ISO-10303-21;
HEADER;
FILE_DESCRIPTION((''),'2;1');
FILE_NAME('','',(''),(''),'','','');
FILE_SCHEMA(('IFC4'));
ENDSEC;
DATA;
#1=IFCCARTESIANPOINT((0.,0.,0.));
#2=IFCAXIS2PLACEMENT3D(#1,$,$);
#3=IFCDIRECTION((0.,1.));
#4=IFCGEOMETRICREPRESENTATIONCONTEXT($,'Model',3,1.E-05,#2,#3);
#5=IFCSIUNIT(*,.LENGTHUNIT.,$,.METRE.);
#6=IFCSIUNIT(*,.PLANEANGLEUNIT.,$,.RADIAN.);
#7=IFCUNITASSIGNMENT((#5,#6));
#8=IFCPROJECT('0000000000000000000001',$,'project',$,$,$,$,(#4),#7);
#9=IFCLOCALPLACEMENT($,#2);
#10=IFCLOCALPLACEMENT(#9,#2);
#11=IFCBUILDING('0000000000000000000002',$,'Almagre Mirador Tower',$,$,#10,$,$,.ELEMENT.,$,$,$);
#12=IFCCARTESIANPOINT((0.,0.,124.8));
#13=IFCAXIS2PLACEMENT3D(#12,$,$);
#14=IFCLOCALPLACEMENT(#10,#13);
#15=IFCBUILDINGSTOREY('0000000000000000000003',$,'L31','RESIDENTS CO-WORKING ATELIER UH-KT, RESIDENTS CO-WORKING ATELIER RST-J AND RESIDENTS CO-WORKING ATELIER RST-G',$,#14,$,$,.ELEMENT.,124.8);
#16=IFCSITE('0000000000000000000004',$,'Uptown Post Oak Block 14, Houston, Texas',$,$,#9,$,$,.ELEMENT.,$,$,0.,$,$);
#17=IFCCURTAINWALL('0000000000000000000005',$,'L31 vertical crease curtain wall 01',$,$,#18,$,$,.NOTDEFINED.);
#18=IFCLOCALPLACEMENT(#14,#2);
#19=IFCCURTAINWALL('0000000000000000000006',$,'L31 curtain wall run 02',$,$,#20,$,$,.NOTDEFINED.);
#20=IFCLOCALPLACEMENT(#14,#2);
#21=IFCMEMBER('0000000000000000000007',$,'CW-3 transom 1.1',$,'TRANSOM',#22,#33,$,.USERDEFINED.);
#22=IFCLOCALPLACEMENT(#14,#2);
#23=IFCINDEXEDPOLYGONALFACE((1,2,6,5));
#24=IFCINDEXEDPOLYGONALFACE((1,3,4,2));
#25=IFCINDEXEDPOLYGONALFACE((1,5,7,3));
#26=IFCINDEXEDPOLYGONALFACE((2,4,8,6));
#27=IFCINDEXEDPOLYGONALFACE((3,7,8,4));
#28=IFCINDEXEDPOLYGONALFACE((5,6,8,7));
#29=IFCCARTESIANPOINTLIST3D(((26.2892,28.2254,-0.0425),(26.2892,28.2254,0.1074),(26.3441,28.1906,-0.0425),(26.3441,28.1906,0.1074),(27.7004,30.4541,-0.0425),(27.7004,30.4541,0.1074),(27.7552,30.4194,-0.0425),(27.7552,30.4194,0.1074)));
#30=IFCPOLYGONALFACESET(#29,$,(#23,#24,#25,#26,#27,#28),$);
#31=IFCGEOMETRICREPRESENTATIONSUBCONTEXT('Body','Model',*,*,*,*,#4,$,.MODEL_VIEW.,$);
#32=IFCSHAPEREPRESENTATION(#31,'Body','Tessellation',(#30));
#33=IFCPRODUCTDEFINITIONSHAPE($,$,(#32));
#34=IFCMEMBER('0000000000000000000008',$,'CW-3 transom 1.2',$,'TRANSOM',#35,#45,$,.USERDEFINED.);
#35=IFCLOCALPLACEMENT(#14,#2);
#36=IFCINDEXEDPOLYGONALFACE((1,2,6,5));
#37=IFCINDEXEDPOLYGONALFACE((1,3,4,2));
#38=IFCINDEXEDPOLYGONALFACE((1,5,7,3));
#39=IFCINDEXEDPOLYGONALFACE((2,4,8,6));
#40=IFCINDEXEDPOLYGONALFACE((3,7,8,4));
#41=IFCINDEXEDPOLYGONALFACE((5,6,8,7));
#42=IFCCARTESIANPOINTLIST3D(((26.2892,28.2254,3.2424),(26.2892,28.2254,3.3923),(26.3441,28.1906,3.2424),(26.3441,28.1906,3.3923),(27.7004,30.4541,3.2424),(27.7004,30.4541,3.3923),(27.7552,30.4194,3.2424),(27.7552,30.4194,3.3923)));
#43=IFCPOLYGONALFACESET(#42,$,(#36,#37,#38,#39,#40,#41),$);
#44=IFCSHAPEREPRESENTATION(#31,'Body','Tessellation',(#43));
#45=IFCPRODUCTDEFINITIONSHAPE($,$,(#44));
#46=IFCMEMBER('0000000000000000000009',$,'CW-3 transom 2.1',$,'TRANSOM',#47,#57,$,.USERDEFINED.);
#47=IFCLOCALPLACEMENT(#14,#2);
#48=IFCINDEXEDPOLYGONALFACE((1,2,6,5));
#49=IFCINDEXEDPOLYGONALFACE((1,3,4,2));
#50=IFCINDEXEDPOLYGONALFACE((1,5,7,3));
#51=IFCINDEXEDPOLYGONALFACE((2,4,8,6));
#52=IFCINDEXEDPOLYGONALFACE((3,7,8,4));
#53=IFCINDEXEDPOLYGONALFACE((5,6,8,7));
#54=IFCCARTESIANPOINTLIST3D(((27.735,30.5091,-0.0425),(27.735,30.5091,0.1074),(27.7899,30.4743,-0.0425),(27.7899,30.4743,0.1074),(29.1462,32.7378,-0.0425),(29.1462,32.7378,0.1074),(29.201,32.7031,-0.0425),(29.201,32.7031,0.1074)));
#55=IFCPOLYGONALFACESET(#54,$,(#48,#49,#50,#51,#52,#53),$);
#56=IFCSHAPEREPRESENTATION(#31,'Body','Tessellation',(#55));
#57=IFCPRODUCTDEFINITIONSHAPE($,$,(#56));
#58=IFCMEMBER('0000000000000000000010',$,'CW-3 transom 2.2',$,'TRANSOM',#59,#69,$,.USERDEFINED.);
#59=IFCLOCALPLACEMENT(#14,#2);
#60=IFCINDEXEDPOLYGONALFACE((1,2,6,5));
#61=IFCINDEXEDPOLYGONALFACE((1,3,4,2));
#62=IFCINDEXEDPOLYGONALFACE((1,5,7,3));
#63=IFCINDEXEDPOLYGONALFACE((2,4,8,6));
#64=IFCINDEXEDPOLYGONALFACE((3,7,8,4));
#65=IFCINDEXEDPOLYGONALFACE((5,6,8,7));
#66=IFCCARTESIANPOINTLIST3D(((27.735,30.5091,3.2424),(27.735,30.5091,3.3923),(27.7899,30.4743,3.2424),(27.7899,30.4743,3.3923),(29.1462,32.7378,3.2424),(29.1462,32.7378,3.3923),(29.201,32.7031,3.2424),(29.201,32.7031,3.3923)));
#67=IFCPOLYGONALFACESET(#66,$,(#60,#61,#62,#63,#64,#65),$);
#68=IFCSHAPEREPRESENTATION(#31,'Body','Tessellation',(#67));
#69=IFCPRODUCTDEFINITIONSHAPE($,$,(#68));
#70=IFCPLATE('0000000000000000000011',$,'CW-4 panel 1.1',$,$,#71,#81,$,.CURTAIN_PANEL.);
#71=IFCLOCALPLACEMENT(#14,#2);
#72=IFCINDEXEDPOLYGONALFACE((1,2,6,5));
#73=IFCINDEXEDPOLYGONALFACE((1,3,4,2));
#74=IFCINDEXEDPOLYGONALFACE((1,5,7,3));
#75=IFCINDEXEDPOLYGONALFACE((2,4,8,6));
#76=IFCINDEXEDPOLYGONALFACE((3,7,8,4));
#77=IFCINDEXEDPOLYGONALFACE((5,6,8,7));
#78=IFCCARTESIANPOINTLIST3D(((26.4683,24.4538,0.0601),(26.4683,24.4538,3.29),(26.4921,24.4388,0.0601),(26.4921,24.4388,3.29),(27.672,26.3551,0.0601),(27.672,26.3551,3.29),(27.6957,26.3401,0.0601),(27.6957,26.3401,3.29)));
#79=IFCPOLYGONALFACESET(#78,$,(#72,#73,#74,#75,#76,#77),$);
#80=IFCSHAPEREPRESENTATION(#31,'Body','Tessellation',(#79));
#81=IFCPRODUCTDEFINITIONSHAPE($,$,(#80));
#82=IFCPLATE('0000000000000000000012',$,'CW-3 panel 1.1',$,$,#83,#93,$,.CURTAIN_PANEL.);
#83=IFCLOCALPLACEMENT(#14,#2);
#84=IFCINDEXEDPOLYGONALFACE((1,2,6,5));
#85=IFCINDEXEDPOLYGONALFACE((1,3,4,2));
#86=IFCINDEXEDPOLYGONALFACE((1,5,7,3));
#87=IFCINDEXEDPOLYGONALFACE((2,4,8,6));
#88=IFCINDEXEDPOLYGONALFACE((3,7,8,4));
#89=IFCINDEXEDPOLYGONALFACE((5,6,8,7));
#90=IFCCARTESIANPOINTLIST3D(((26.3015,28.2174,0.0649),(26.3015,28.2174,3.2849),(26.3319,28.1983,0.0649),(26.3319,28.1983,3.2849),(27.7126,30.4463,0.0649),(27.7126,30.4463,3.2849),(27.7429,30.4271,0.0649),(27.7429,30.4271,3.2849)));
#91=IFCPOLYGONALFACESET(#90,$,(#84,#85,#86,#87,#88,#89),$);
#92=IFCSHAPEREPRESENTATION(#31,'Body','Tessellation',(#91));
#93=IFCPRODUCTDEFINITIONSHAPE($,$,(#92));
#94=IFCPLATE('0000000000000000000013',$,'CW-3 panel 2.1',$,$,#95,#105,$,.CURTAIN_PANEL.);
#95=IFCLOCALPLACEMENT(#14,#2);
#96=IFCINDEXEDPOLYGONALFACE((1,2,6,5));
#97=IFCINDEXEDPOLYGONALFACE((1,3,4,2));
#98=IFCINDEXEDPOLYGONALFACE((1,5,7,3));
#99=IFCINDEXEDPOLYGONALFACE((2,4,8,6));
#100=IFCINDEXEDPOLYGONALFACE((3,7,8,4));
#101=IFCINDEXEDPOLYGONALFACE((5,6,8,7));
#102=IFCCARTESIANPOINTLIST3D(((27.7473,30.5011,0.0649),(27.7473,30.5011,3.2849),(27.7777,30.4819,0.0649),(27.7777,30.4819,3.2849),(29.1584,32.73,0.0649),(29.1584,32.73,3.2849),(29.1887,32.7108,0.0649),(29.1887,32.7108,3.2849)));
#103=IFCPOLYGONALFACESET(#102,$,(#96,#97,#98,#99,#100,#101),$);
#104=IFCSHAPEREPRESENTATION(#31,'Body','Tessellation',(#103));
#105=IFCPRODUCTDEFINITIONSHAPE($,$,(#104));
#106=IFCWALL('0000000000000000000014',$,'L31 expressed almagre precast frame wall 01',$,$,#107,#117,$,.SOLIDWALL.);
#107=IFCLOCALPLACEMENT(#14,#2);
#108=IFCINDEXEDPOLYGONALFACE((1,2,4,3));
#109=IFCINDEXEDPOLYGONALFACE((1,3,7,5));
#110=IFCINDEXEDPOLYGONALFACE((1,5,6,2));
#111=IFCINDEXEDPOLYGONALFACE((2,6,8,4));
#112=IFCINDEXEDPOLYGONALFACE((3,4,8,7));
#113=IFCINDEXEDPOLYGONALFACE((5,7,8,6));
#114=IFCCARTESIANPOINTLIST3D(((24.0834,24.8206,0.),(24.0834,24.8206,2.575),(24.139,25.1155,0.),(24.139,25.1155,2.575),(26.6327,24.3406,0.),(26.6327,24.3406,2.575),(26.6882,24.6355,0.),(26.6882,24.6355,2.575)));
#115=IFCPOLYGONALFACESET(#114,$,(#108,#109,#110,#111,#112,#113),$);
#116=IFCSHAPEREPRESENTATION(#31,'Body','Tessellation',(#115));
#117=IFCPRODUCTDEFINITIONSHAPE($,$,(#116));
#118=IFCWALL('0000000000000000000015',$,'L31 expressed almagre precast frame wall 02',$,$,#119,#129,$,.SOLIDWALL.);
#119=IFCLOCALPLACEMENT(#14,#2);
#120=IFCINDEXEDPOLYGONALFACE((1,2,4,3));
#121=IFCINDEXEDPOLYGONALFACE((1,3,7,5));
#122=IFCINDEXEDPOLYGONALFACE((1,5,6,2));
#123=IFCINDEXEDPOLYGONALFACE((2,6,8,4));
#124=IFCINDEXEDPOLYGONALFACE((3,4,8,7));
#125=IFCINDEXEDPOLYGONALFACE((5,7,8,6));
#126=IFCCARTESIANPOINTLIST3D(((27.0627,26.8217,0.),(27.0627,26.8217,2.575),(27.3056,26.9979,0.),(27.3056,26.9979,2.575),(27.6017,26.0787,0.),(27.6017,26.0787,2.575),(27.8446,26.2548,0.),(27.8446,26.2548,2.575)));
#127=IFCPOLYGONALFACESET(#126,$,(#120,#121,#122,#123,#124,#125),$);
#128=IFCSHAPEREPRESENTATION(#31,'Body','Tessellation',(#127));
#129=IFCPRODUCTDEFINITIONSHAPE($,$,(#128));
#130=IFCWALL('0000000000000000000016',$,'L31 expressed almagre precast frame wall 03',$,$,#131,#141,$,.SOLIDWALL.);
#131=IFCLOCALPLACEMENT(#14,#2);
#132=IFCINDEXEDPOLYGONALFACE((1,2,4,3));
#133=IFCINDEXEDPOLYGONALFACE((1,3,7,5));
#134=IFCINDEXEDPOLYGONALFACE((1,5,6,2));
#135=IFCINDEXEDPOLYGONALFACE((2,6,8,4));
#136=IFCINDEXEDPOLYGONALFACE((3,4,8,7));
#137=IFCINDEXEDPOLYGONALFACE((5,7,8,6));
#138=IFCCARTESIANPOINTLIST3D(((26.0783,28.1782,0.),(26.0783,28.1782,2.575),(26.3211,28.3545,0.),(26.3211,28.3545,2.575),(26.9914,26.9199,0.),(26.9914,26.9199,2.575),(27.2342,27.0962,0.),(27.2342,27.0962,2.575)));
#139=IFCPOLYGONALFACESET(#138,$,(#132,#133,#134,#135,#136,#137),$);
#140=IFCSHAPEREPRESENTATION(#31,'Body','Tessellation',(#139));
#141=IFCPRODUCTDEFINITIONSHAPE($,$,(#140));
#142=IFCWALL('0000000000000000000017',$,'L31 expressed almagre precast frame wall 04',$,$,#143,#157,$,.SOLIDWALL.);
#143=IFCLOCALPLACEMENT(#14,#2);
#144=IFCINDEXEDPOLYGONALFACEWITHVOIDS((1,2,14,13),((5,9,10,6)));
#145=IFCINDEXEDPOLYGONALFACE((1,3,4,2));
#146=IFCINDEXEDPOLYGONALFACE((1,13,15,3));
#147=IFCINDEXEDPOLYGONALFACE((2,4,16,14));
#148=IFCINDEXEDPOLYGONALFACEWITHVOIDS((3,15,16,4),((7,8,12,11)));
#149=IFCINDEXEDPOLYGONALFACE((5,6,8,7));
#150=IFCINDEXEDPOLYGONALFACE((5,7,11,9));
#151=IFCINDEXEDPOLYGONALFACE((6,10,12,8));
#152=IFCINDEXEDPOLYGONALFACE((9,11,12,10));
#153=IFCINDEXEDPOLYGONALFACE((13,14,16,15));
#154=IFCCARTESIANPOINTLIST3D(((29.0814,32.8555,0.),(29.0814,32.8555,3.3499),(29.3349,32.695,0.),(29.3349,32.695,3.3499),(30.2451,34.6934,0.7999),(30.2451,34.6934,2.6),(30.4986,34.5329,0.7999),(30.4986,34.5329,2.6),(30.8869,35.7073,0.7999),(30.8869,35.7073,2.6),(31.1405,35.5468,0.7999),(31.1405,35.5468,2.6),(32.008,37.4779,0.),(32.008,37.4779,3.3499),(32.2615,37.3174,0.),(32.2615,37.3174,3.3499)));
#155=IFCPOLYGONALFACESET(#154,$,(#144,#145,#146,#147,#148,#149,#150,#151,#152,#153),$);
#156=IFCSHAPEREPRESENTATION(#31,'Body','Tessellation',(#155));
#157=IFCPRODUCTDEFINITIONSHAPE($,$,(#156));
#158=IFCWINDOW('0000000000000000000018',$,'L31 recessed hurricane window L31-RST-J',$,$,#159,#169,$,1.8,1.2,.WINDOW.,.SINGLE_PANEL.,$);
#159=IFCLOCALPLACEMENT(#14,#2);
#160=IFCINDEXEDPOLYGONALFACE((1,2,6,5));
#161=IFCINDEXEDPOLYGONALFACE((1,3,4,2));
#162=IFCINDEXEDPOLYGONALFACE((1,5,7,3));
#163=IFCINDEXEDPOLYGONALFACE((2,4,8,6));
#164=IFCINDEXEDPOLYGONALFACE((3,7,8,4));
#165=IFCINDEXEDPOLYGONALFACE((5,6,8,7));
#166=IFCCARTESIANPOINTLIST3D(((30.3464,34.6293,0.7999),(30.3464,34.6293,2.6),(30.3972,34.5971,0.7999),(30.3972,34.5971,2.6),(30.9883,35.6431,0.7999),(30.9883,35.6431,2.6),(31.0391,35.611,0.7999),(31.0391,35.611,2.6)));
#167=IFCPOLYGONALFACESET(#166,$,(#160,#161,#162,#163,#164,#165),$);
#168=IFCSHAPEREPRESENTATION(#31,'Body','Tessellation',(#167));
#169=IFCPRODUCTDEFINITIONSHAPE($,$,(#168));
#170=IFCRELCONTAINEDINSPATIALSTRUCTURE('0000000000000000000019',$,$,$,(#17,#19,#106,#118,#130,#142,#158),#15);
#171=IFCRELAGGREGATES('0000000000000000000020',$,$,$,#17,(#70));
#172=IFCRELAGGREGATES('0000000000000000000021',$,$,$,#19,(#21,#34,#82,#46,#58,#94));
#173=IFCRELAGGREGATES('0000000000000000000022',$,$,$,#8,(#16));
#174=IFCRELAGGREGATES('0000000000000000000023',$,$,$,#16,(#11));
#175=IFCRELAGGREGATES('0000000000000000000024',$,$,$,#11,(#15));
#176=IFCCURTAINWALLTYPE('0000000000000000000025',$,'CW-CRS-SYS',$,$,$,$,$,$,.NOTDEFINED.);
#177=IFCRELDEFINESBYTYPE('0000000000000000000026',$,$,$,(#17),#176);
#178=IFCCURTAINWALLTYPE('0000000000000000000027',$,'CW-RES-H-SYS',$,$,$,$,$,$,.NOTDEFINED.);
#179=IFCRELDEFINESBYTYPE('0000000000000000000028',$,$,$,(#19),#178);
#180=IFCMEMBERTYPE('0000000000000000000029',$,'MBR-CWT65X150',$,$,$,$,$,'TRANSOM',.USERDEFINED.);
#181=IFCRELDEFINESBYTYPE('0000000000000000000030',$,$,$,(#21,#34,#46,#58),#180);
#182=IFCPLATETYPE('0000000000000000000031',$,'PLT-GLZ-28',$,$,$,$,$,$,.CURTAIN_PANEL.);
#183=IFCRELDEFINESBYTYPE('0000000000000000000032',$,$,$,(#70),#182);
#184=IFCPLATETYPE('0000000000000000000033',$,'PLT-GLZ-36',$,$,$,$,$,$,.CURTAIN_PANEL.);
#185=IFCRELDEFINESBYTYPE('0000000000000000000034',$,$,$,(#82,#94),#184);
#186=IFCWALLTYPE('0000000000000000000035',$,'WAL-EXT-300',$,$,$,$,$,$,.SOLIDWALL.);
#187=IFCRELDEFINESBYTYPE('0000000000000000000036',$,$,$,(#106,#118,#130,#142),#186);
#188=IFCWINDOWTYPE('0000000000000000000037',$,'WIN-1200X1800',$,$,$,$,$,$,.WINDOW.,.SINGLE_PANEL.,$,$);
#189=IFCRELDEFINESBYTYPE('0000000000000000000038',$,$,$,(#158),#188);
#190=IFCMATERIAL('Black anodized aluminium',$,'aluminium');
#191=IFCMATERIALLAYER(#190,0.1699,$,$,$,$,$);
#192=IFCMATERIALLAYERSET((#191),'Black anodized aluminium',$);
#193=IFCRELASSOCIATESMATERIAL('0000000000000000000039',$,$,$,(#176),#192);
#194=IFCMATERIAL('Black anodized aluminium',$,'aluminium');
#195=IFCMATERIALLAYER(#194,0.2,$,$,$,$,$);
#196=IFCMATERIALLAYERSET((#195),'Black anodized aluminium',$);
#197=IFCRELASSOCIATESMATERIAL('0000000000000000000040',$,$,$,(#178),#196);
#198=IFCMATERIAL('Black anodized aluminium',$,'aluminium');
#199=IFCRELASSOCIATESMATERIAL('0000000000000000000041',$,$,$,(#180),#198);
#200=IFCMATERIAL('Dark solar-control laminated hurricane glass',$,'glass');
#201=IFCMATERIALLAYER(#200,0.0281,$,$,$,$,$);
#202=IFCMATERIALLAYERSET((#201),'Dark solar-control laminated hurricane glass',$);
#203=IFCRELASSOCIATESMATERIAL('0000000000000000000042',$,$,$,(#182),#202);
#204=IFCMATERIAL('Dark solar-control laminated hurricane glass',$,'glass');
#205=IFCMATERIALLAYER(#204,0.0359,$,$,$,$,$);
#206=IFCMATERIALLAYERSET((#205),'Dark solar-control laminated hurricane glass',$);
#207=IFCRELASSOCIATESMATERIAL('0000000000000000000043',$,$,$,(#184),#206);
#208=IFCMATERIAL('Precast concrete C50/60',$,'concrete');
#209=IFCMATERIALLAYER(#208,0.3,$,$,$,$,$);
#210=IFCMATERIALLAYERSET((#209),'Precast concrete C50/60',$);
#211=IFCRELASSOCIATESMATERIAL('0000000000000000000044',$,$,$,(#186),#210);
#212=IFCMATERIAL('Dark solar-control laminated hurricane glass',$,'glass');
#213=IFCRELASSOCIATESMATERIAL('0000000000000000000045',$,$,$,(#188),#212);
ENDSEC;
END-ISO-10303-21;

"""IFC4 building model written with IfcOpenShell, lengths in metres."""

from ifc_helpers import new_model, si_unit, direction, frame, frame_2d, origin, origin_2d, place, context, subcontext, project, spatial, rectangle, extrude, material, layer, layer_set, material_profile, profile_set, type_object, element, fill, aggregate, save


model = new_model("IFC4")

# Units and contexts
model_context = context("Model", 3, precision=1e-05, world=origin(), true_north=direction((0.0, 1.0)))
body_context = subcontext(model_context, "Body", "Model", "MODEL_VIEW")
ifc_project = project(units=[si_unit("LENGTHUNIT", "METRE"), si_unit("PLANEANGLEUNIT", "RADIAN")], contexts=[model_context])

# Site, building, storey
site_placement = place(None, origin())
site = spatial("IfcSite", under=ifc_project, at=site_placement, Name="Uptown Post Oak Block 14, Houston, Texas", CompositionType="ELEMENT", RefElevation=0.0)
building_placement = place(site_placement, origin())
building = spatial("IfcBuilding", under=site, at=building_placement, Name="Almagre Mirador Tower", CompositionType="ELEMENT")
storey_placement = place(building_placement, frame((0.0, 0.0, 124.8)))
storey = spatial("IfcBuildingStorey", under=building, at=storey_placement, Name="L31", Description="RESIDENTS CO-WORKING ATELIER UH-KT, RESIDENTS CO-WORKING ATELIER RST-J AND RESIDENTS CO-WORKING ATELIER RST-G", CompositionType="ELEMENT", Elevation=124.8)

# Curtain walls
ifc_material_1 = material(Name="Black anodized aluminium", Category="aluminium")
ifc_layer_1 = layer(ifc_material_1, 0.1699)
ifc_layer_set_1 = layer_set([ifc_layer_1], Name="Black anodized aluminium")
curtain_wall_type_1 = type_object("IfcCurtainWallType", Name="CW-CRS-SYS", PredefinedType="NOTDEFINED", material=ifc_layer_set_1)
curtain_wall_1_placement = place(storey_placement, origin())
curtain_wall_1 = element("IfcCurtainWall", 1, at=curtain_wall_1_placement, inside=storey, type_object=curtain_wall_type_1, Name="L31 vertical crease curtain wall 01", PredefinedType="NOTDEFINED")
ifc_material_2 = material(Name="Black anodized aluminium", Category="aluminium")
ifc_layer_2 = layer(ifc_material_2, 0.2)
ifc_layer_set_2 = layer_set([ifc_layer_2], Name="Black anodized aluminium")
curtain_wall_type_2 = type_object("IfcCurtainWallType", Name="CW-RES-H-SYS", PredefinedType="NOTDEFINED", material=ifc_layer_set_2)
curtain_wall_2_placement = place(storey_placement, origin())
curtain_wall_2 = element("IfcCurtainWall", 2, at=curtain_wall_2_placement, inside=storey, type_object=curtain_wall_type_2, Name="L31 curtain wall run 02", PredefinedType="NOTDEFINED")

# Members
ifc_material_3 = material(Name="Black anodized aluminium", Category="aluminium")
ifc_material_profile_1 = material_profile(ifc_material_3, rectangle(XDim=0.0649, YDim=0.1499, at=origin_2d()), Name="CWT65X150")
ifc_profile_set_1 = profile_set([ifc_material_profile_1], Name="Black anodized aluminium")
member_type_1 = type_object("IfcMemberType", Name="MBR-CWT65X150", ElementType="TRANSOM", PredefinedType="USERDEFINED", material=ifc_profile_set_1)
member_1_placement = place(storey_placement, frame((26.3167, 28.208, 0.0325), z_axis=(0.53494, 0.84489, 0.0), x_axis=(-0.84489, 0.53494, 0.0)))
member_1 = element("IfcMember", 3, at=member_1_placement, type_object=member_type_1, Name="CW-3 transom 1.1", ObjectType="TRANSOM", PredefinedType="USERDEFINED", context=body_context, shape_type="SweptSolid", body=[
    extrude(rectangle(XDim=0.0649, YDim=0.1499, at=origin_2d()), origin(), (0.0, 0.0, 1.0), 2.6379),
])
member_2_placement = place(storey_placement, frame((26.3167, 28.208, 3.3174), z_axis=(0.53494, 0.84489, 0.0), x_axis=(-0.84489, 0.53494, 0.0)))
member_2 = element("IfcMember", 4, at=member_2_placement, type_object=member_type_1, Name="CW-3 transom 1.2", ObjectType="TRANSOM", PredefinedType="USERDEFINED", context=body_context, shape_type="SweptSolid", body=[
    extrude(rectangle(XDim=0.0649, YDim=0.1499, at=origin_2d()), origin(), (0.0, 0.0, 1.0), 2.6379),
])
member_3_placement = place(storey_placement, frame((27.7625, 30.4917, 0.0325), z_axis=(0.53494, 0.84489, 0.0), x_axis=(-0.84489, 0.53494, 0.0)))
member_3 = element("IfcMember", 5, at=member_3_placement, type_object=member_type_1, Name="CW-3 transom 2.1", ObjectType="TRANSOM", PredefinedType="USERDEFINED", context=body_context, shape_type="SweptSolid", body=[
    extrude(rectangle(XDim=0.0649, YDim=0.1499, at=origin_2d()), origin(), (0.0, 0.0, 1.0), 2.6379),
])
member_4_placement = place(storey_placement, frame((27.7625, 30.4917, 3.3174), z_axis=(0.53494, 0.84489, 0.0), x_axis=(-0.84489, 0.53494, 0.0)))
member_4 = element("IfcMember", 6, at=member_4_placement, type_object=member_type_1, Name="CW-3 transom 2.2", ObjectType="TRANSOM", PredefinedType="USERDEFINED", context=body_context, shape_type="SweptSolid", body=[
    extrude(rectangle(XDim=0.0649, YDim=0.1499, at=origin_2d()), origin(), (0.0, 0.0, 1.0), 2.6379),
])

# Plates
ifc_material_4 = material(Name="Dark solar-control laminated hurricane glass", Category="glass")
ifc_layer_3 = layer(ifc_material_4, 0.0281)
ifc_layer_set_3 = layer_set([ifc_layer_3], Name="Dark solar-control laminated hurricane glass")
plate_type_1 = type_object("IfcPlateType", Name="PLT-GLZ-28", PredefinedType="CURTAIN_PANEL", material=ifc_layer_set_3)
plate_1_placement = place(storey_placement, frame((27.082, 25.397, 0.0601), z_axis=(0.0, 0.0, 1.0), x_axis=(0.534897, 0.844917, 0.0)))
plate_1 = element("IfcPlate", 7, at=plate_1_placement, type_object=plate_type_1, Name="CW-4 panel 1.1", PredefinedType="CURTAIN_PANEL", context=body_context, shape_type="SweptSolid", body=[
    extrude(rectangle(XDim=2.2502, YDim=0.0281, at=origin_2d()), origin(), (0.0, 0.0, 1.0), 3.23),
])
aggregate(curtain_wall_1, [plate_1])
ifc_material_5 = material(Name="Dark solar-control laminated hurricane glass", Category="glass")
ifc_layer_4 = layer(ifc_material_5, 0.0359)
ifc_layer_set_4 = layer_set([ifc_layer_4], Name="Dark solar-control laminated hurricane glass")
plate_type_2 = type_object("IfcPlateType", Name="PLT-GLZ-36", PredefinedType="CURTAIN_PANEL", material=ifc_layer_set_4)
plate_2_placement = place(storey_placement, frame((27.0222, 29.3223, 0.0649), z_axis=(0.0, 0.0, 1.0), x_axis=(0.534901, 0.844915, 0.0)))
plate_2 = element("IfcPlate", 8, at=plate_2_placement, type_object=plate_type_2, Name="CW-3 panel 1.1", PredefinedType="CURTAIN_PANEL", context=body_context, shape_type="SweptSolid", body=[
    extrude(rectangle(XDim=2.6379, YDim=0.0359, at=origin_2d()), origin(), (0.0, 0.0, 1.0), 3.22),
])
plate_3_placement = place(storey_placement, frame((28.468, 31.606, 0.0649), z_axis=(0.0, 0.0, 1.0), x_axis=(0.534901, 0.844915, 0.0)))
plate_3 = element("IfcPlate", 9, at=plate_3_placement, type_object=plate_type_2, Name="CW-3 panel 2.1", PredefinedType="CURTAIN_PANEL", context=body_context, shape_type="SweptSolid", body=[
    extrude(rectangle(XDim=2.6379, YDim=0.0359, at=origin_2d()), origin(), (0.0, 0.0, 1.0), 3.22),
])
aggregate(curtain_wall_2, [member_1, member_2, plate_2, member_3, member_4, plate_3])

# Walls
ifc_material_6 = material(Name="Precast concrete C50/60", Category="concrete")
ifc_layer_5 = layer(ifc_material_6, 0.3)
ifc_layer_set_5 = layer_set([ifc_layer_5], Name="Precast concrete C50/60")
wall_type = type_object("IfcWallType", Name="WAL-EXT-300", PredefinedType="SOLIDWALL", material=ifc_layer_set_5)
wall_1_placement = place(storey_placement, frame((24.1113, 24.968, 0.0), z_axis=(0.0, 0.0, 1.0), x_axis=(0.982733, -0.185027, 0.0)))
element("IfcWall", 10, at=wall_1_placement, inside=storey, type_object=wall_type, Name="L31 expressed almagre precast frame wall 01", PredefinedType="SOLIDWALL", context=body_context, shape_type="SweptSolid", body=[
    extrude(rectangle(XDim=2.594, YDim=0.3, at=frame_2d((1.2969, 0.0))), origin(), (0.0, 0.0, 1.0), 2.575),
])
wall_2_placement = place(storey_placement, frame((27.7231, 26.1667, 0.0), z_axis=(0.0, 0.0, 1.0), x_axis=(-0.587159, 0.809471, 0.0)))
element("IfcWall", 11, at=wall_2_placement, inside=storey, type_object=wall_type, Name="L31 expressed almagre precast frame wall 02", PredefinedType="SOLIDWALL", context=body_context, shape_type="SweptSolid", body=[
    extrude(rectangle(XDim=0.918, YDim=0.3, at=frame_2d((0.459, 0.0))), origin(), (0.0, 0.0, 1.0), 2.575),
])
wall_3_placement = place(storey_placement, frame((27.1128, 27.0081, 0.0), z_axis=(0.0, 0.0, 1.0), x_axis=(-0.587312, 0.80936, 0.0)))
element("IfcWall", 12, at=wall_3_placement, inside=storey, type_object=wall_type, Name="L31 expressed almagre precast frame wall 03", PredefinedType="SOLIDWALL", context=body_context, shape_type="SweptSolid", body=[
    extrude(rectangle(XDim=1.5547, YDim=0.3, at=frame_2d((0.7773, 0.0))), origin(), (0.0, 0.0, 1.0), 2.575),
])

# Wall, opening, window
wall_4_placement = place(storey_placement, frame((29.2083, 32.7754, 0.0), z_axis=(0.0, 0.0, 1.0), x_axis=(0.534928, 0.844898, 0.0)))
wall_4 = element("IfcWall", 13, at=wall_4_placement, inside=storey, type_object=wall_type, Name="L31 expressed almagre precast frame wall 04", PredefinedType="SOLIDWALL", context=body_context, shape_type="SweptSolid", body=[
    extrude(rectangle(XDim=5.4709, YDim=0.3, at=frame_2d((2.7354, 0.0))), origin(), (0.0, 0.0, 1.0), 3.3499),
])
opening_1_placement = place(wall_4_placement, frame((2.175, 0.0, 0.8)))
opening_1 = element("IfcOpeningElement", 14, at=opening_1_placement, cuts=wall_4, PredefinedType="OPENING", context=body_context, shape_type="SweptSolid", body=[
    extrude(rectangle(XDim=1.2, YDim=1.8, at=frame_2d((0.6001, 0.8999))), frame((0.0, 0.1599, 0.0), z_axis=(0.0, -1.0, 0.0), x_axis=(1.0, 0.0, 0.0)), (0.0, 0.0, 1.0), 0.32),
])
ifc_material_7 = material(Name="Dark solar-control laminated hurricane glass", Category="glass")
window_type_1 = type_object("IfcWindowType", Name="WIN-1200X1800", PartitioningType="SINGLE_PANEL", PredefinedType="WINDOW", material=ifc_material_7)
window_1_placement = place(opening_1_placement, origin())
window_1 = element("IfcWindow", 15, at=window_1_placement, inside=storey, type_object=window_type_1, Name="L31 recessed hurricane window L31-RST-J", OverallHeight=1.8, OverallWidth=1.2, PartitioningType="SINGLE_PANEL", PredefinedType="WINDOW", context=body_context, shape_type="SweptSolid", body=[
    extrude(rectangle(XDim=1.2, YDim=1.8, at=frame_2d((0.6001, 0.8999))), frame((0.0, 0.03, 0.0), z_axis=(0.0, -1.0, 0.0), x_axis=(1.0, 0.0, 0.0)), (0.0, 0.0, 1.0), 0.0601),
])
fill(opening_1, window_1)

save(model, "model.ifc")
